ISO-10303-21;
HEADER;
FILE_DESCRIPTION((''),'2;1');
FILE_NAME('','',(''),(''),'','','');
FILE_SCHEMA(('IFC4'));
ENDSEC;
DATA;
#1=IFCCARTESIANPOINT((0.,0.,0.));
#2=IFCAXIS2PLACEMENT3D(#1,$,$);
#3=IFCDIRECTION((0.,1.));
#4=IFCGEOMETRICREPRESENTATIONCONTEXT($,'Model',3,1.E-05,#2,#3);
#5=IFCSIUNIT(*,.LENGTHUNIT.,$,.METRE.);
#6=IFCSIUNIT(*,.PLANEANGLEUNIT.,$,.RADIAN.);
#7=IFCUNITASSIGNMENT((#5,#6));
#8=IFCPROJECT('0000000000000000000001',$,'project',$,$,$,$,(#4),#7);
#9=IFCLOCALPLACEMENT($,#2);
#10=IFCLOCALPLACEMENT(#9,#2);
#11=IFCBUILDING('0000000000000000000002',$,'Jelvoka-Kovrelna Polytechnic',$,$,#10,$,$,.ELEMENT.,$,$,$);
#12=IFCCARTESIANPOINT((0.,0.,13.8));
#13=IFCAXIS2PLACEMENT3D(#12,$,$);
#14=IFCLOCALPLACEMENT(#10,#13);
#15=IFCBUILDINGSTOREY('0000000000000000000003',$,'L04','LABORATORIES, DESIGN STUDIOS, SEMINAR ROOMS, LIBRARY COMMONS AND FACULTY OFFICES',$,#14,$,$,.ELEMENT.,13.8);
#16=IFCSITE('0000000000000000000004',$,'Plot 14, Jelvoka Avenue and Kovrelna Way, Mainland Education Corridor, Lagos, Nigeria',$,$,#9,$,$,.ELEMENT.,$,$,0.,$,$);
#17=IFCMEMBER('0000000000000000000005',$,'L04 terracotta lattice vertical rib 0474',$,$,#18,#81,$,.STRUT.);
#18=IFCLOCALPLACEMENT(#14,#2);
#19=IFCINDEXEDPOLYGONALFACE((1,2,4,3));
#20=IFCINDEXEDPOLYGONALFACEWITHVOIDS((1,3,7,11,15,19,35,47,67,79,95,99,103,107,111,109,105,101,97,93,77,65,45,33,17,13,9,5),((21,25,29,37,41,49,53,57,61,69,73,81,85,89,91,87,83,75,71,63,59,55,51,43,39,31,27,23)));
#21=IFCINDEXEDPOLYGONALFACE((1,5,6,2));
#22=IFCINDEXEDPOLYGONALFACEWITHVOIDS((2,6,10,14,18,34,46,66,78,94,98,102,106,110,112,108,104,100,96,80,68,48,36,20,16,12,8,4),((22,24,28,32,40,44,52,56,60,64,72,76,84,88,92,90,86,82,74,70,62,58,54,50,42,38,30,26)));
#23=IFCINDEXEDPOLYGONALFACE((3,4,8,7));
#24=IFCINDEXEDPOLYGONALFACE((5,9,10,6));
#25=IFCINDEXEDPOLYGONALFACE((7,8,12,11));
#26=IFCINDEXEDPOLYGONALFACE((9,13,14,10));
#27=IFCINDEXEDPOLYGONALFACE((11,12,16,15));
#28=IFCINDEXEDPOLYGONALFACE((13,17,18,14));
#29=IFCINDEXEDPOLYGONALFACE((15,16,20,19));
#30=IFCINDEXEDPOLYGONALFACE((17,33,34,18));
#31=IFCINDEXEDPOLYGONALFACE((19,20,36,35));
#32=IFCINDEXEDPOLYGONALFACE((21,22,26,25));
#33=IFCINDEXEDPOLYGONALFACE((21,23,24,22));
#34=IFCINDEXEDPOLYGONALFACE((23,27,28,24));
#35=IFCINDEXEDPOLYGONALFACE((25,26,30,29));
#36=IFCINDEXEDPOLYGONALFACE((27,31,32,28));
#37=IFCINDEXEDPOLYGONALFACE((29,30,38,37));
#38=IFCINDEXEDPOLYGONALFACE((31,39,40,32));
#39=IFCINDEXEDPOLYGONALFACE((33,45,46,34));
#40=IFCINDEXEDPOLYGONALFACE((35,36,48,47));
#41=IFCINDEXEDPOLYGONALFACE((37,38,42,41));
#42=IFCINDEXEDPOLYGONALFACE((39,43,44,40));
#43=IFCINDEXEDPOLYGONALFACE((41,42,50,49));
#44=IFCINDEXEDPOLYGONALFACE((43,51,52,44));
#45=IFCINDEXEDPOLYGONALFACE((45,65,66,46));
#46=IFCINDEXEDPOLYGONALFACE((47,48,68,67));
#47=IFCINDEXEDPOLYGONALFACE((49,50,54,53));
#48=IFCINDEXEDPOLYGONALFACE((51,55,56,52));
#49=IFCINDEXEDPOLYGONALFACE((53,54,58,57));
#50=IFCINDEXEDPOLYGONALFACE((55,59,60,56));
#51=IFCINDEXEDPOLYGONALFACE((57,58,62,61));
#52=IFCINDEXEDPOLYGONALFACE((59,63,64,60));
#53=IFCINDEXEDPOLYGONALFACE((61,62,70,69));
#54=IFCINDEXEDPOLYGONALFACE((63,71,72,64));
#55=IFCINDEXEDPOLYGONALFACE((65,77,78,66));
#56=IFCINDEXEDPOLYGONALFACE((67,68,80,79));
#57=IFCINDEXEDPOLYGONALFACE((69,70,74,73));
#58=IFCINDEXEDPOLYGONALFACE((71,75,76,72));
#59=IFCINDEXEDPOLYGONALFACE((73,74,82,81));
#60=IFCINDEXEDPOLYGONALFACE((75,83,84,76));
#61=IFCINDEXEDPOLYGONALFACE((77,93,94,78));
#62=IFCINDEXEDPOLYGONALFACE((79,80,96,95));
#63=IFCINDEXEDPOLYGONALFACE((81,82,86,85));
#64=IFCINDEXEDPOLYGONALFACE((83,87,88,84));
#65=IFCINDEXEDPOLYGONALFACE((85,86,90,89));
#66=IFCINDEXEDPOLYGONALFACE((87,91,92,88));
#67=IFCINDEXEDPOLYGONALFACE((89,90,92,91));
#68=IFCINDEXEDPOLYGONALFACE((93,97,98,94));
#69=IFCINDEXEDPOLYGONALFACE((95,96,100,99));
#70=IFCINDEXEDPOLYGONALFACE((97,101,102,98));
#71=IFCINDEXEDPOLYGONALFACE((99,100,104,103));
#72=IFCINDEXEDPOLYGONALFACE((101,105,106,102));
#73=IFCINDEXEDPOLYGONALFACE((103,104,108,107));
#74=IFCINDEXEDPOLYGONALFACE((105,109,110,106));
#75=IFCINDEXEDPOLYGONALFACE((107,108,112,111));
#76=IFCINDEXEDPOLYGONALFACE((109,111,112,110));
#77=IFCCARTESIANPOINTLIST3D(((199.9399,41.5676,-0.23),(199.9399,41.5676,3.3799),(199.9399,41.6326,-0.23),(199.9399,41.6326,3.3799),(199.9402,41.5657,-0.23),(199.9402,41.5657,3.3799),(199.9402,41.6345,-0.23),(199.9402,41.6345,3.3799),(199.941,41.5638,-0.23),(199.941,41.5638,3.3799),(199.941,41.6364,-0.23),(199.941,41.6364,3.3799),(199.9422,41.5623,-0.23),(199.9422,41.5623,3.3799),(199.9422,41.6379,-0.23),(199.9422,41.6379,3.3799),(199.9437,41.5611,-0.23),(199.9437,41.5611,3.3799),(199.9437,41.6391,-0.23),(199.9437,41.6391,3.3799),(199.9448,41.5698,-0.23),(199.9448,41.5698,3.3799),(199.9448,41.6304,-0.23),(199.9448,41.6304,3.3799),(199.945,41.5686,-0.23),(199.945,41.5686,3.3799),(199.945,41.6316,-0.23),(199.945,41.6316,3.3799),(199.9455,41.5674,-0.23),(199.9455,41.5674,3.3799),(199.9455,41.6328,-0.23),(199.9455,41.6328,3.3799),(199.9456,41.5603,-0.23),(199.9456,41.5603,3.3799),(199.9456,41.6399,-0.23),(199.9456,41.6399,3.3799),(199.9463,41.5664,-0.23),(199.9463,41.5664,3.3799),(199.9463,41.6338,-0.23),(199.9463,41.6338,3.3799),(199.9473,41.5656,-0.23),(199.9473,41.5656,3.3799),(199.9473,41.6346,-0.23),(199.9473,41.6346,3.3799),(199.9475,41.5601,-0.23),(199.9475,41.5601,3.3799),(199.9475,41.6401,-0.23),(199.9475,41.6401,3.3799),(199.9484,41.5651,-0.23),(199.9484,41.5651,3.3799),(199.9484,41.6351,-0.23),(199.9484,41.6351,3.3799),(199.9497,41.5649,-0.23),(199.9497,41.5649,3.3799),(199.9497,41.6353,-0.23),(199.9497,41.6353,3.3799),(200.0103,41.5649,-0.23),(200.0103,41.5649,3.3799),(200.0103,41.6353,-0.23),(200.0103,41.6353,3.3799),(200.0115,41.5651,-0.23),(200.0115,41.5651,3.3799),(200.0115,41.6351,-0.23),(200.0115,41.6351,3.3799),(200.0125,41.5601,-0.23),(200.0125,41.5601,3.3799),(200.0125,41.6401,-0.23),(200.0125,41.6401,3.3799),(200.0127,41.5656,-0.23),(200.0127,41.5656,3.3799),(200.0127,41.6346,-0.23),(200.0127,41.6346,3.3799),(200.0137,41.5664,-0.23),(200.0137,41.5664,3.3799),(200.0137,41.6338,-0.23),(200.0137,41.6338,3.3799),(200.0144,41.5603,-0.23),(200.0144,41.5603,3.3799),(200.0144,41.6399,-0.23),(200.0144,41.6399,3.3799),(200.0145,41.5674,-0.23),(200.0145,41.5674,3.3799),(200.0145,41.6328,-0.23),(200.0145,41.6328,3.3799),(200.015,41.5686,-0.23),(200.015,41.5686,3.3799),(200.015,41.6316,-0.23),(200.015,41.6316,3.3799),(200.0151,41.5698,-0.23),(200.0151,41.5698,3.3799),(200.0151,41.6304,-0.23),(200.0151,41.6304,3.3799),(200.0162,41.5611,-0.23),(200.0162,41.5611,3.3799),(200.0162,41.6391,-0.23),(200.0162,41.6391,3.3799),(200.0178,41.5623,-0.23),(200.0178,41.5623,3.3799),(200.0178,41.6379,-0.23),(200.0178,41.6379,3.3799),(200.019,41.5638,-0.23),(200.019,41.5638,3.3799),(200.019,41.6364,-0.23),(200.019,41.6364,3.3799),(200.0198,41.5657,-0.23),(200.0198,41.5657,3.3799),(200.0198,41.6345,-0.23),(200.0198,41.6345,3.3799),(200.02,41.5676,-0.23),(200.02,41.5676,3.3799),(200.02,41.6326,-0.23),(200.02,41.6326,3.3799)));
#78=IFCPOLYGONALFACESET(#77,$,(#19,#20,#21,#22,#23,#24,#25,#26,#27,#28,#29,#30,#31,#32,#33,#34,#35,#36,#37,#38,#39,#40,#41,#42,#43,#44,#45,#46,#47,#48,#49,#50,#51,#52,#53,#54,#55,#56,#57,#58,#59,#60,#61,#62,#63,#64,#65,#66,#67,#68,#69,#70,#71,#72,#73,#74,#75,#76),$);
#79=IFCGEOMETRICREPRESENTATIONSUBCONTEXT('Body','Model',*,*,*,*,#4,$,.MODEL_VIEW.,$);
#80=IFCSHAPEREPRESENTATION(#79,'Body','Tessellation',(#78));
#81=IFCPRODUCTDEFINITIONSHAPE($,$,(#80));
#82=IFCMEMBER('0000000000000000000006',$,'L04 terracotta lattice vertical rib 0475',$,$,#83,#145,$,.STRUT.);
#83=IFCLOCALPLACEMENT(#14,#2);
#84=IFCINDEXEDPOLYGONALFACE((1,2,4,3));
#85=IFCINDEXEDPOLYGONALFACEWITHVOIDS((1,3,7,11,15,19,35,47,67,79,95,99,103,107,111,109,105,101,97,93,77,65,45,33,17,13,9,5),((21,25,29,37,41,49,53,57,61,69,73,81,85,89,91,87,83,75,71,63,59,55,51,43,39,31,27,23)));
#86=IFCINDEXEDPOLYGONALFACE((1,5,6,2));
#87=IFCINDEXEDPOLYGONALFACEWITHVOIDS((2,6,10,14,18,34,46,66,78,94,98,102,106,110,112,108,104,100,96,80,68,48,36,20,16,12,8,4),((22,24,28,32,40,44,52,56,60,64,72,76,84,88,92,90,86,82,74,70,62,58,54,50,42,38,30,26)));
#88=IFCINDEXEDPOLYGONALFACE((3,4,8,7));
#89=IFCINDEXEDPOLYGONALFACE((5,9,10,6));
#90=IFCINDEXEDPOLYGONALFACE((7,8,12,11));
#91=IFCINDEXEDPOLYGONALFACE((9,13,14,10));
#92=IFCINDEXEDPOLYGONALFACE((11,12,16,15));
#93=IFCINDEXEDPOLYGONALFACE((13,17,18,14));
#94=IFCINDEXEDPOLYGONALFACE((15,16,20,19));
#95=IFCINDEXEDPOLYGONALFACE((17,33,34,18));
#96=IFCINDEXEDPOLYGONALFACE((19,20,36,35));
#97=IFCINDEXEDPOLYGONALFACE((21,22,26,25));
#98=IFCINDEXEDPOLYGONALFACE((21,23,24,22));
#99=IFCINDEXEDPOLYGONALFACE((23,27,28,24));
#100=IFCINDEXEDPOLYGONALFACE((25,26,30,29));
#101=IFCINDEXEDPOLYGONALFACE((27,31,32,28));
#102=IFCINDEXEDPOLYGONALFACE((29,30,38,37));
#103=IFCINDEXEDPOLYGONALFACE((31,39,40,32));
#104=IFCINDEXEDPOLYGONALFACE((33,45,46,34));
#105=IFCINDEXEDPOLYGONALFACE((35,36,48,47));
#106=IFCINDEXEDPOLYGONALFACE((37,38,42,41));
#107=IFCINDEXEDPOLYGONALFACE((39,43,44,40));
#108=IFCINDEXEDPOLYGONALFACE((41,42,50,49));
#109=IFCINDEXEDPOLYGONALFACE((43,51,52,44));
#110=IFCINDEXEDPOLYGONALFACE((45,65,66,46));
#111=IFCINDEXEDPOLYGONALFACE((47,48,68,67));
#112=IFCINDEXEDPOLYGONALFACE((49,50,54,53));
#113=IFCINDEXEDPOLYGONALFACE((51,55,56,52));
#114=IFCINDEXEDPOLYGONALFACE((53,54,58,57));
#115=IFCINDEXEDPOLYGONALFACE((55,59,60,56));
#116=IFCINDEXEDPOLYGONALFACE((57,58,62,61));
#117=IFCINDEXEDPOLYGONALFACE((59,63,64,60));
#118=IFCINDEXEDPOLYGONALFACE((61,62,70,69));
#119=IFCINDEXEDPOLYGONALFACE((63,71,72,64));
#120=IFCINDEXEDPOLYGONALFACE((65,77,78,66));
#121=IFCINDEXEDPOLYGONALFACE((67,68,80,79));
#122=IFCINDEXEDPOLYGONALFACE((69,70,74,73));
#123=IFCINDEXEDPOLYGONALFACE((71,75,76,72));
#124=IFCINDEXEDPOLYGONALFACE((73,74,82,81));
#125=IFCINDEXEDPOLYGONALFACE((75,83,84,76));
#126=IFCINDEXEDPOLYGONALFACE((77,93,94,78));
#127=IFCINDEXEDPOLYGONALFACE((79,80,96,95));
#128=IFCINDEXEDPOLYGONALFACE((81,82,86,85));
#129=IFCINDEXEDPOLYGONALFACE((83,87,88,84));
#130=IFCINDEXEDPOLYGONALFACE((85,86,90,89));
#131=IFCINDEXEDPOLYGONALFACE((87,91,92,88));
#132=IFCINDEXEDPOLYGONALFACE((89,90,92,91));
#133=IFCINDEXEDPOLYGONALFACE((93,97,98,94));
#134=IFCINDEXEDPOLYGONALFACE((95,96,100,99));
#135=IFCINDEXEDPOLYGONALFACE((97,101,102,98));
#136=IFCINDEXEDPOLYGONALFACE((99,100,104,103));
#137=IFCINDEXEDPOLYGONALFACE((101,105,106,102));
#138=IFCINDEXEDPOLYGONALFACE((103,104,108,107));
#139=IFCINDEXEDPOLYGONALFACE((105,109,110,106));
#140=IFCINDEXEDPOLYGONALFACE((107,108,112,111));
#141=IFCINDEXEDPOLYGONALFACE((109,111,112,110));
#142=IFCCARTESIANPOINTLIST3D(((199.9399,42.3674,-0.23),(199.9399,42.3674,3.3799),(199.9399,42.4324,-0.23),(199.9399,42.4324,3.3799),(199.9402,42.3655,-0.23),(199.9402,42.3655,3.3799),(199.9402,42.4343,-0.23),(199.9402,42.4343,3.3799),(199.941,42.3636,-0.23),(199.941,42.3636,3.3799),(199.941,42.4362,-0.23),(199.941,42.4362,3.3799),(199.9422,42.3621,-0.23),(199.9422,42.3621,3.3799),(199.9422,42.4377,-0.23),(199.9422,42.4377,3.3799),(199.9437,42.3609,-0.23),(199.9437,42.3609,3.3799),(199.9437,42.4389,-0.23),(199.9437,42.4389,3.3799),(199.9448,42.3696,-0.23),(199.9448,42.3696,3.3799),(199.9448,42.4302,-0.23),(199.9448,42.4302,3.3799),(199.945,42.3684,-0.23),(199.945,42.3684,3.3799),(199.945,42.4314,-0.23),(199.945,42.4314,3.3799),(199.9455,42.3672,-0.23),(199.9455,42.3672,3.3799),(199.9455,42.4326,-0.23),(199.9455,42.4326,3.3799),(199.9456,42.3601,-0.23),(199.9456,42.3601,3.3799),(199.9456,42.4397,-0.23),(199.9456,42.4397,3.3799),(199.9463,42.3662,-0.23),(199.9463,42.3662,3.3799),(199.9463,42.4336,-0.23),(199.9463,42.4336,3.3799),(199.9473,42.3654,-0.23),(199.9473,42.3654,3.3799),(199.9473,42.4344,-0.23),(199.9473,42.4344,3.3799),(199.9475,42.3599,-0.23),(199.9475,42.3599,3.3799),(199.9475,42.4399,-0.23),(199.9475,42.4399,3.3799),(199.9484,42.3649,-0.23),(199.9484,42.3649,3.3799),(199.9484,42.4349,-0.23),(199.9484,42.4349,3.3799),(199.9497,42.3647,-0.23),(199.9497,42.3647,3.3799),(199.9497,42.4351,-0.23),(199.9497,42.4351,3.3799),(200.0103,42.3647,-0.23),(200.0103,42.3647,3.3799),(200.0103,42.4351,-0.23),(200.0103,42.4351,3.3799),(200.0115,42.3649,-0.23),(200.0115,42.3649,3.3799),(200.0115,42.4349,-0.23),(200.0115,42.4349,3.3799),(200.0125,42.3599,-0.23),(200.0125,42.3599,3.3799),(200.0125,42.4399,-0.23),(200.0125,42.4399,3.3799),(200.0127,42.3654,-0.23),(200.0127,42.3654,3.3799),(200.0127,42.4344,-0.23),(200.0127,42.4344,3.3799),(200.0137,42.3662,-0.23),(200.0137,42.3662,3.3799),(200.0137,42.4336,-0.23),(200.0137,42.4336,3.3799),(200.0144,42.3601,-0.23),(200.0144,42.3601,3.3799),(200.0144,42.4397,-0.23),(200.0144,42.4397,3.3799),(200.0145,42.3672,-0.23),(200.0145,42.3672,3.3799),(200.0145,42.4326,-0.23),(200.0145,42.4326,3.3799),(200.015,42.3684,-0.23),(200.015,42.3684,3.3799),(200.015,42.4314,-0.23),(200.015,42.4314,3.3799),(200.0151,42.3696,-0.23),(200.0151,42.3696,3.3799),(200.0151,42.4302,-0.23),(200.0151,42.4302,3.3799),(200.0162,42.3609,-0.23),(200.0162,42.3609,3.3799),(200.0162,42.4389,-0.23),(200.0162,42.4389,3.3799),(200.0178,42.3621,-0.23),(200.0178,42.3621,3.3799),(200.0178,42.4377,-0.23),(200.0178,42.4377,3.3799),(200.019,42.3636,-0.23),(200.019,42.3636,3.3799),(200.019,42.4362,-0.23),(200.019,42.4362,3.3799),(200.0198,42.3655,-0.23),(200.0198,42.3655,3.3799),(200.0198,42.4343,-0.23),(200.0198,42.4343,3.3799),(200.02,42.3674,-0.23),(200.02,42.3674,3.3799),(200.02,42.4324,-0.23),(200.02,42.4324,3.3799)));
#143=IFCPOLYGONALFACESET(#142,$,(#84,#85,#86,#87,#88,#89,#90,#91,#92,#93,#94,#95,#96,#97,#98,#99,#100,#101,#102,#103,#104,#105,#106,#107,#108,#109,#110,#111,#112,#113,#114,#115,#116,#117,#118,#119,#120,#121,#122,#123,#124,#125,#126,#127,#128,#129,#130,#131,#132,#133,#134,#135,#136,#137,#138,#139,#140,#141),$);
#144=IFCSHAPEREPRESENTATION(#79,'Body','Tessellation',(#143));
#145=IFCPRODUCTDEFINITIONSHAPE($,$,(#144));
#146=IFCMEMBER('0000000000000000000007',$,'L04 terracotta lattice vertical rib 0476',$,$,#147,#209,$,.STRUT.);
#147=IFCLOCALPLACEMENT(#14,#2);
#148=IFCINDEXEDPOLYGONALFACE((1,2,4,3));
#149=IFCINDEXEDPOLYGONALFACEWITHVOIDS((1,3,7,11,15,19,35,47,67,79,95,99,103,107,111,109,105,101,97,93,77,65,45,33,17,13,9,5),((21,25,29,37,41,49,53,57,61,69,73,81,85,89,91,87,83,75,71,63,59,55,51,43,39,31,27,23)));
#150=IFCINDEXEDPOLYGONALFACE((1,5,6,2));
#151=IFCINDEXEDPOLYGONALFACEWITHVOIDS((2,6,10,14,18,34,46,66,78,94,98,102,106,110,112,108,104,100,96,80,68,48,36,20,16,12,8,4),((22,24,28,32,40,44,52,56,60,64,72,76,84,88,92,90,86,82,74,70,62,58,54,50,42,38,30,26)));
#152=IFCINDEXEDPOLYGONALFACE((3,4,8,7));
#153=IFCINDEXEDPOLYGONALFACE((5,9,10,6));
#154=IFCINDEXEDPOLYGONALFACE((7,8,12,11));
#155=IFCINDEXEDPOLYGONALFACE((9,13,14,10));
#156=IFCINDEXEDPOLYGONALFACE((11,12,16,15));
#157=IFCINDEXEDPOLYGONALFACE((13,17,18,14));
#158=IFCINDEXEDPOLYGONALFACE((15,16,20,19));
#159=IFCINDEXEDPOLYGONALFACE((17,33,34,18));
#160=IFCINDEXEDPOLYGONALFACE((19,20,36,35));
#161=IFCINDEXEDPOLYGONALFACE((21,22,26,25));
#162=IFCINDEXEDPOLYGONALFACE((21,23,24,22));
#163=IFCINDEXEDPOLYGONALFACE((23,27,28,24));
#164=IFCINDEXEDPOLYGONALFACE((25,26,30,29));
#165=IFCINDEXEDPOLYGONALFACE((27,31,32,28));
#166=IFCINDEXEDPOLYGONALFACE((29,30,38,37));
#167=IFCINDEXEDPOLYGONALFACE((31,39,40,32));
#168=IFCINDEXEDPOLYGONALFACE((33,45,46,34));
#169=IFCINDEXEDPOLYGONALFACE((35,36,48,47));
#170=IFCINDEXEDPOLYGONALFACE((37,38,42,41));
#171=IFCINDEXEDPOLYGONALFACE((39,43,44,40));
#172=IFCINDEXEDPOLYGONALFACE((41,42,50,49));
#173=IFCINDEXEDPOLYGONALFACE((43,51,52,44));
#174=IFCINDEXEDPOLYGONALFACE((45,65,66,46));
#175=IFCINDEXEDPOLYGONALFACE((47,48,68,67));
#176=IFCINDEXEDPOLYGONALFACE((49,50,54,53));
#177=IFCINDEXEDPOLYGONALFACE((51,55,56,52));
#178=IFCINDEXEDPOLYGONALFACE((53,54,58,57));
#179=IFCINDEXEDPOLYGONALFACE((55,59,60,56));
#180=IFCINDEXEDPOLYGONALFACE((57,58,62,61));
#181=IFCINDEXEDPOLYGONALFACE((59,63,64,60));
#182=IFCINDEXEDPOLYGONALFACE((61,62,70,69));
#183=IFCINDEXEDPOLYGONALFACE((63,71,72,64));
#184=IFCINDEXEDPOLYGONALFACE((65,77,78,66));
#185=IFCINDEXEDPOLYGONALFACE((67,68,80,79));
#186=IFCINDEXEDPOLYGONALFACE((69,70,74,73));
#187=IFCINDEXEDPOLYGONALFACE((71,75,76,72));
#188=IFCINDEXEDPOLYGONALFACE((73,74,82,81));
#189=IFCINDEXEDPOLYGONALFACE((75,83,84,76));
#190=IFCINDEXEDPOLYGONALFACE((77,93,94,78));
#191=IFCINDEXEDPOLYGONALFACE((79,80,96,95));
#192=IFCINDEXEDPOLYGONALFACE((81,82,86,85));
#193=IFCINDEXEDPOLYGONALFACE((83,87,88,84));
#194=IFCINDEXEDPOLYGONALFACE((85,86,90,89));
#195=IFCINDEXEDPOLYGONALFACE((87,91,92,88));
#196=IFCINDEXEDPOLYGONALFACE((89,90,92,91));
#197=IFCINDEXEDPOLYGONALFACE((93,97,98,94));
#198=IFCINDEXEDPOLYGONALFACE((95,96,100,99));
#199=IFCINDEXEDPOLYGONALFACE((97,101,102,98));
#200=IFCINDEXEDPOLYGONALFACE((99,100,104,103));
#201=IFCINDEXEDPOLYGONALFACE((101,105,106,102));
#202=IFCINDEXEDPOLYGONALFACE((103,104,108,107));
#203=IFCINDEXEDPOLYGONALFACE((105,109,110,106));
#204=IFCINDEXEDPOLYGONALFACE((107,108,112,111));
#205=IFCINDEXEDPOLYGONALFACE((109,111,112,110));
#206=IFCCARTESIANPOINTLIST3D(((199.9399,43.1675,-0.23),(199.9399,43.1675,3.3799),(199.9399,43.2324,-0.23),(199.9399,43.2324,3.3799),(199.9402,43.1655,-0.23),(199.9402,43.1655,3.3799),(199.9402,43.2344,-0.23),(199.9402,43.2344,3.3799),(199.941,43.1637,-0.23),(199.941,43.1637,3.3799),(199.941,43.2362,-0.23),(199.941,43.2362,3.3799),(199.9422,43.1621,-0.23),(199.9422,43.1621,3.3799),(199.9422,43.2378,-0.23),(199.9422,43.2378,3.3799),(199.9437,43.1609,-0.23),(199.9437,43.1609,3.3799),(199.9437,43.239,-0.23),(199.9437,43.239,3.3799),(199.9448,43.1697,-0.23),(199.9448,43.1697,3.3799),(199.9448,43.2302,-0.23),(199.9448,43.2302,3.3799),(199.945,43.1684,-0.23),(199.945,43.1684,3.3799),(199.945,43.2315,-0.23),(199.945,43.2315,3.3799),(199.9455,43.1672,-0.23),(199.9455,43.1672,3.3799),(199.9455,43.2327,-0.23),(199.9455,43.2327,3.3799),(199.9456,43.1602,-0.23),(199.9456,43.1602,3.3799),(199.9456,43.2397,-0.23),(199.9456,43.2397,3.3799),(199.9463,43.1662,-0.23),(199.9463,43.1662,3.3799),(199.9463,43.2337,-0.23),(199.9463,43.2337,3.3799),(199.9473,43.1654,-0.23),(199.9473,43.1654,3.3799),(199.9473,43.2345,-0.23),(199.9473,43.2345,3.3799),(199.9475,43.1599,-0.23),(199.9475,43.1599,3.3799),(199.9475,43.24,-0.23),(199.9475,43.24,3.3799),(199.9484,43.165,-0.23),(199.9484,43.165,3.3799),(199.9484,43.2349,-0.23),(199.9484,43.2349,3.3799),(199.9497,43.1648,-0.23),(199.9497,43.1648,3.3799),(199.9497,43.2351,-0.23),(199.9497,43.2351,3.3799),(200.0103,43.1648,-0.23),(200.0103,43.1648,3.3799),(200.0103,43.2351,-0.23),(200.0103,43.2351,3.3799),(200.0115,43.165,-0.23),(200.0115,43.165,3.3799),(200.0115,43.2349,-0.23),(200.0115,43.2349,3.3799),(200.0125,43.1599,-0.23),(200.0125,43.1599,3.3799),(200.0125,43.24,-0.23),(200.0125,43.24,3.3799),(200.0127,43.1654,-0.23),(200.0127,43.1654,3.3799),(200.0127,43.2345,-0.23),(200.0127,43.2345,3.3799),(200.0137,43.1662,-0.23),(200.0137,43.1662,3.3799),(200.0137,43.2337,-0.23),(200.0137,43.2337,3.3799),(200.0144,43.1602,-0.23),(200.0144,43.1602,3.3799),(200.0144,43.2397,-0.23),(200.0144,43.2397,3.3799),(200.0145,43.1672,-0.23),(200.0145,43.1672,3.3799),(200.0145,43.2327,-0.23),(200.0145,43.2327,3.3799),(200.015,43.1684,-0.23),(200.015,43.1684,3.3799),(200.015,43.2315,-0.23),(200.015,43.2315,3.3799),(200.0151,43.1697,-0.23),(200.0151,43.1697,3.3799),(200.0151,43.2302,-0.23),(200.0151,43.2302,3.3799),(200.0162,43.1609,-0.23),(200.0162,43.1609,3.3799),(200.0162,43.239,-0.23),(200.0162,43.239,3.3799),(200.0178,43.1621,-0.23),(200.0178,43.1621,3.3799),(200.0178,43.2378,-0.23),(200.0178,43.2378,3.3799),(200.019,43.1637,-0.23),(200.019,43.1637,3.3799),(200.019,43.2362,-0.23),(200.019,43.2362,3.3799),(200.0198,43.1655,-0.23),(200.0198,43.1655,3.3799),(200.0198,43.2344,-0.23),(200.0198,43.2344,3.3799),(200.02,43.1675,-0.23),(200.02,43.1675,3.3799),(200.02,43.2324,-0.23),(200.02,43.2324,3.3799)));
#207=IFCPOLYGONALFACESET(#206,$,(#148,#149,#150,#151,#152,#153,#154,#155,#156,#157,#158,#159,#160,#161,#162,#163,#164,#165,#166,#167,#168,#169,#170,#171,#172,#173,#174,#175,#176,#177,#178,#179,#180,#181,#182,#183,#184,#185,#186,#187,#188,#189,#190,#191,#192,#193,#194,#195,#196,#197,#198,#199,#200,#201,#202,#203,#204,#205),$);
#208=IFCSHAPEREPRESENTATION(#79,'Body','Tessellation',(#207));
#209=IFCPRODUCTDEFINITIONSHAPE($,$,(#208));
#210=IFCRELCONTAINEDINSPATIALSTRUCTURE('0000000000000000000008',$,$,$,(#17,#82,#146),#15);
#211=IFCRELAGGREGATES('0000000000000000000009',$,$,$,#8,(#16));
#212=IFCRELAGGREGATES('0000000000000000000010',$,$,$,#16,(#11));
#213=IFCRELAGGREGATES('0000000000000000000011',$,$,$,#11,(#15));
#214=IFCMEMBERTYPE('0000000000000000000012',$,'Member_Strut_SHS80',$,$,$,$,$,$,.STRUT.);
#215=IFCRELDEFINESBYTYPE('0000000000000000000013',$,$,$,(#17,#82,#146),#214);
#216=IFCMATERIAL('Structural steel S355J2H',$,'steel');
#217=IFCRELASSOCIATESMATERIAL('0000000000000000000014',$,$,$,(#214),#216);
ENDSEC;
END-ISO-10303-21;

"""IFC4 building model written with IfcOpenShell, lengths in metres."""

from ifc_helpers import new_model, si_unit, direction, frame, origin, origin_2d, place, context, subcontext, project, spatial, hollow_rectangle, extrude, material, material_profile, profile_set, type_object, element, save


model = new_model("IFC4")

# Units and contexts
model_context = context("Model", 3, precision=1e-05, world=origin(), true_north=direction((0.0, 1.0)))
body_context = subcontext(model_context, "Body", "Model", "MODEL_VIEW")
ifc_project = project(units=[si_unit("LENGTHUNIT", "METRE"), si_unit("PLANEANGLEUNIT", "RADIAN")], contexts=[model_context])

# Site, building, storey
site_placement = place(None, origin())
site = spatial("IfcSite", under=ifc_project, at=site_placement, Name="Plot 14, Jelvoka Avenue and Kovrelna Way, Mainland Education Corridor, Lagos, Nigeria", CompositionType="ELEMENT", RefElevation=0.0)
building_placement = place(site_placement, origin())
building = spatial("IfcBuilding", under=site, at=building_placement, Name="Jelvoka-Kovrelna Polytechnic", CompositionType="ELEMENT")
storey_placement = place(building_placement, frame((0.0, 0.0, 13.8)))
storey = spatial("IfcBuildingStorey", under=building, at=storey_placement, Name="L04", Description="LABORATORIES, DESIGN STUDIOS, SEMINAR ROOMS, LIBRARY COMMONS AND FACULTY OFFICES", CompositionType="ELEMENT", Elevation=13.8)

# Members
ifc_material_1 = material(Name="Structural steel S355J2H", Category="steel")
ifc_material_profile_1 = material_profile(ifc_material_1, hollow_rectangle(XDim=0.0801, YDim=0.0801, WallThickness=0.0049, InnerFilletRadius=0.0049, OuterFilletRadius=0.0076, at=origin_2d()), Name="80x80x5.0 SHS")
ifc_profile_set_1 = profile_set([ifc_material_profile_1], Name="Structural steel S355J2H")
member_type_1 = type_object("IfcMemberType", Name="Member_Strut_SHS80", PredefinedType="STRUT", material=ifc_profile_set_1)
for number, where, z_axis, x_axis, name in (
    (1, (199.98, 41.6001, -0.23), (0.0, 0.0, 1.0), (1.0, 0.0, 0.0), "L04 terracotta lattice vertical rib 0474"),
    (2, (199.98, 42.3999, -0.23), (0.0, 0.0, 1.0), (1.0, 0.0, 0.0), "L04 terracotta lattice vertical rib 0475"),
    (3, (199.98, 43.2, -0.23), (0.0, 0.0, 1.0), (1.0, 0.0, 0.0), "L04 terracotta lattice vertical rib 0476"),
):
    element("IfcMember", number, at=place(storey_placement, frame(where, z_axis=z_axis, x_axis=x_axis)), inside=storey, type_object=member_type_1, Name=name, PredefinedType="STRUT", context=body_context, shape_type="SweptSolid", body=[
        extrude(hollow_rectangle(XDim=0.0801, YDim=0.0801, WallThickness=0.0049, InnerFilletRadius=0.0049, OuterFilletRadius=0.0076, at=origin_2d()), origin(), (0.0, 0.0, 1.0), 3.6099),
    ])

save(model, "model.ifc")
